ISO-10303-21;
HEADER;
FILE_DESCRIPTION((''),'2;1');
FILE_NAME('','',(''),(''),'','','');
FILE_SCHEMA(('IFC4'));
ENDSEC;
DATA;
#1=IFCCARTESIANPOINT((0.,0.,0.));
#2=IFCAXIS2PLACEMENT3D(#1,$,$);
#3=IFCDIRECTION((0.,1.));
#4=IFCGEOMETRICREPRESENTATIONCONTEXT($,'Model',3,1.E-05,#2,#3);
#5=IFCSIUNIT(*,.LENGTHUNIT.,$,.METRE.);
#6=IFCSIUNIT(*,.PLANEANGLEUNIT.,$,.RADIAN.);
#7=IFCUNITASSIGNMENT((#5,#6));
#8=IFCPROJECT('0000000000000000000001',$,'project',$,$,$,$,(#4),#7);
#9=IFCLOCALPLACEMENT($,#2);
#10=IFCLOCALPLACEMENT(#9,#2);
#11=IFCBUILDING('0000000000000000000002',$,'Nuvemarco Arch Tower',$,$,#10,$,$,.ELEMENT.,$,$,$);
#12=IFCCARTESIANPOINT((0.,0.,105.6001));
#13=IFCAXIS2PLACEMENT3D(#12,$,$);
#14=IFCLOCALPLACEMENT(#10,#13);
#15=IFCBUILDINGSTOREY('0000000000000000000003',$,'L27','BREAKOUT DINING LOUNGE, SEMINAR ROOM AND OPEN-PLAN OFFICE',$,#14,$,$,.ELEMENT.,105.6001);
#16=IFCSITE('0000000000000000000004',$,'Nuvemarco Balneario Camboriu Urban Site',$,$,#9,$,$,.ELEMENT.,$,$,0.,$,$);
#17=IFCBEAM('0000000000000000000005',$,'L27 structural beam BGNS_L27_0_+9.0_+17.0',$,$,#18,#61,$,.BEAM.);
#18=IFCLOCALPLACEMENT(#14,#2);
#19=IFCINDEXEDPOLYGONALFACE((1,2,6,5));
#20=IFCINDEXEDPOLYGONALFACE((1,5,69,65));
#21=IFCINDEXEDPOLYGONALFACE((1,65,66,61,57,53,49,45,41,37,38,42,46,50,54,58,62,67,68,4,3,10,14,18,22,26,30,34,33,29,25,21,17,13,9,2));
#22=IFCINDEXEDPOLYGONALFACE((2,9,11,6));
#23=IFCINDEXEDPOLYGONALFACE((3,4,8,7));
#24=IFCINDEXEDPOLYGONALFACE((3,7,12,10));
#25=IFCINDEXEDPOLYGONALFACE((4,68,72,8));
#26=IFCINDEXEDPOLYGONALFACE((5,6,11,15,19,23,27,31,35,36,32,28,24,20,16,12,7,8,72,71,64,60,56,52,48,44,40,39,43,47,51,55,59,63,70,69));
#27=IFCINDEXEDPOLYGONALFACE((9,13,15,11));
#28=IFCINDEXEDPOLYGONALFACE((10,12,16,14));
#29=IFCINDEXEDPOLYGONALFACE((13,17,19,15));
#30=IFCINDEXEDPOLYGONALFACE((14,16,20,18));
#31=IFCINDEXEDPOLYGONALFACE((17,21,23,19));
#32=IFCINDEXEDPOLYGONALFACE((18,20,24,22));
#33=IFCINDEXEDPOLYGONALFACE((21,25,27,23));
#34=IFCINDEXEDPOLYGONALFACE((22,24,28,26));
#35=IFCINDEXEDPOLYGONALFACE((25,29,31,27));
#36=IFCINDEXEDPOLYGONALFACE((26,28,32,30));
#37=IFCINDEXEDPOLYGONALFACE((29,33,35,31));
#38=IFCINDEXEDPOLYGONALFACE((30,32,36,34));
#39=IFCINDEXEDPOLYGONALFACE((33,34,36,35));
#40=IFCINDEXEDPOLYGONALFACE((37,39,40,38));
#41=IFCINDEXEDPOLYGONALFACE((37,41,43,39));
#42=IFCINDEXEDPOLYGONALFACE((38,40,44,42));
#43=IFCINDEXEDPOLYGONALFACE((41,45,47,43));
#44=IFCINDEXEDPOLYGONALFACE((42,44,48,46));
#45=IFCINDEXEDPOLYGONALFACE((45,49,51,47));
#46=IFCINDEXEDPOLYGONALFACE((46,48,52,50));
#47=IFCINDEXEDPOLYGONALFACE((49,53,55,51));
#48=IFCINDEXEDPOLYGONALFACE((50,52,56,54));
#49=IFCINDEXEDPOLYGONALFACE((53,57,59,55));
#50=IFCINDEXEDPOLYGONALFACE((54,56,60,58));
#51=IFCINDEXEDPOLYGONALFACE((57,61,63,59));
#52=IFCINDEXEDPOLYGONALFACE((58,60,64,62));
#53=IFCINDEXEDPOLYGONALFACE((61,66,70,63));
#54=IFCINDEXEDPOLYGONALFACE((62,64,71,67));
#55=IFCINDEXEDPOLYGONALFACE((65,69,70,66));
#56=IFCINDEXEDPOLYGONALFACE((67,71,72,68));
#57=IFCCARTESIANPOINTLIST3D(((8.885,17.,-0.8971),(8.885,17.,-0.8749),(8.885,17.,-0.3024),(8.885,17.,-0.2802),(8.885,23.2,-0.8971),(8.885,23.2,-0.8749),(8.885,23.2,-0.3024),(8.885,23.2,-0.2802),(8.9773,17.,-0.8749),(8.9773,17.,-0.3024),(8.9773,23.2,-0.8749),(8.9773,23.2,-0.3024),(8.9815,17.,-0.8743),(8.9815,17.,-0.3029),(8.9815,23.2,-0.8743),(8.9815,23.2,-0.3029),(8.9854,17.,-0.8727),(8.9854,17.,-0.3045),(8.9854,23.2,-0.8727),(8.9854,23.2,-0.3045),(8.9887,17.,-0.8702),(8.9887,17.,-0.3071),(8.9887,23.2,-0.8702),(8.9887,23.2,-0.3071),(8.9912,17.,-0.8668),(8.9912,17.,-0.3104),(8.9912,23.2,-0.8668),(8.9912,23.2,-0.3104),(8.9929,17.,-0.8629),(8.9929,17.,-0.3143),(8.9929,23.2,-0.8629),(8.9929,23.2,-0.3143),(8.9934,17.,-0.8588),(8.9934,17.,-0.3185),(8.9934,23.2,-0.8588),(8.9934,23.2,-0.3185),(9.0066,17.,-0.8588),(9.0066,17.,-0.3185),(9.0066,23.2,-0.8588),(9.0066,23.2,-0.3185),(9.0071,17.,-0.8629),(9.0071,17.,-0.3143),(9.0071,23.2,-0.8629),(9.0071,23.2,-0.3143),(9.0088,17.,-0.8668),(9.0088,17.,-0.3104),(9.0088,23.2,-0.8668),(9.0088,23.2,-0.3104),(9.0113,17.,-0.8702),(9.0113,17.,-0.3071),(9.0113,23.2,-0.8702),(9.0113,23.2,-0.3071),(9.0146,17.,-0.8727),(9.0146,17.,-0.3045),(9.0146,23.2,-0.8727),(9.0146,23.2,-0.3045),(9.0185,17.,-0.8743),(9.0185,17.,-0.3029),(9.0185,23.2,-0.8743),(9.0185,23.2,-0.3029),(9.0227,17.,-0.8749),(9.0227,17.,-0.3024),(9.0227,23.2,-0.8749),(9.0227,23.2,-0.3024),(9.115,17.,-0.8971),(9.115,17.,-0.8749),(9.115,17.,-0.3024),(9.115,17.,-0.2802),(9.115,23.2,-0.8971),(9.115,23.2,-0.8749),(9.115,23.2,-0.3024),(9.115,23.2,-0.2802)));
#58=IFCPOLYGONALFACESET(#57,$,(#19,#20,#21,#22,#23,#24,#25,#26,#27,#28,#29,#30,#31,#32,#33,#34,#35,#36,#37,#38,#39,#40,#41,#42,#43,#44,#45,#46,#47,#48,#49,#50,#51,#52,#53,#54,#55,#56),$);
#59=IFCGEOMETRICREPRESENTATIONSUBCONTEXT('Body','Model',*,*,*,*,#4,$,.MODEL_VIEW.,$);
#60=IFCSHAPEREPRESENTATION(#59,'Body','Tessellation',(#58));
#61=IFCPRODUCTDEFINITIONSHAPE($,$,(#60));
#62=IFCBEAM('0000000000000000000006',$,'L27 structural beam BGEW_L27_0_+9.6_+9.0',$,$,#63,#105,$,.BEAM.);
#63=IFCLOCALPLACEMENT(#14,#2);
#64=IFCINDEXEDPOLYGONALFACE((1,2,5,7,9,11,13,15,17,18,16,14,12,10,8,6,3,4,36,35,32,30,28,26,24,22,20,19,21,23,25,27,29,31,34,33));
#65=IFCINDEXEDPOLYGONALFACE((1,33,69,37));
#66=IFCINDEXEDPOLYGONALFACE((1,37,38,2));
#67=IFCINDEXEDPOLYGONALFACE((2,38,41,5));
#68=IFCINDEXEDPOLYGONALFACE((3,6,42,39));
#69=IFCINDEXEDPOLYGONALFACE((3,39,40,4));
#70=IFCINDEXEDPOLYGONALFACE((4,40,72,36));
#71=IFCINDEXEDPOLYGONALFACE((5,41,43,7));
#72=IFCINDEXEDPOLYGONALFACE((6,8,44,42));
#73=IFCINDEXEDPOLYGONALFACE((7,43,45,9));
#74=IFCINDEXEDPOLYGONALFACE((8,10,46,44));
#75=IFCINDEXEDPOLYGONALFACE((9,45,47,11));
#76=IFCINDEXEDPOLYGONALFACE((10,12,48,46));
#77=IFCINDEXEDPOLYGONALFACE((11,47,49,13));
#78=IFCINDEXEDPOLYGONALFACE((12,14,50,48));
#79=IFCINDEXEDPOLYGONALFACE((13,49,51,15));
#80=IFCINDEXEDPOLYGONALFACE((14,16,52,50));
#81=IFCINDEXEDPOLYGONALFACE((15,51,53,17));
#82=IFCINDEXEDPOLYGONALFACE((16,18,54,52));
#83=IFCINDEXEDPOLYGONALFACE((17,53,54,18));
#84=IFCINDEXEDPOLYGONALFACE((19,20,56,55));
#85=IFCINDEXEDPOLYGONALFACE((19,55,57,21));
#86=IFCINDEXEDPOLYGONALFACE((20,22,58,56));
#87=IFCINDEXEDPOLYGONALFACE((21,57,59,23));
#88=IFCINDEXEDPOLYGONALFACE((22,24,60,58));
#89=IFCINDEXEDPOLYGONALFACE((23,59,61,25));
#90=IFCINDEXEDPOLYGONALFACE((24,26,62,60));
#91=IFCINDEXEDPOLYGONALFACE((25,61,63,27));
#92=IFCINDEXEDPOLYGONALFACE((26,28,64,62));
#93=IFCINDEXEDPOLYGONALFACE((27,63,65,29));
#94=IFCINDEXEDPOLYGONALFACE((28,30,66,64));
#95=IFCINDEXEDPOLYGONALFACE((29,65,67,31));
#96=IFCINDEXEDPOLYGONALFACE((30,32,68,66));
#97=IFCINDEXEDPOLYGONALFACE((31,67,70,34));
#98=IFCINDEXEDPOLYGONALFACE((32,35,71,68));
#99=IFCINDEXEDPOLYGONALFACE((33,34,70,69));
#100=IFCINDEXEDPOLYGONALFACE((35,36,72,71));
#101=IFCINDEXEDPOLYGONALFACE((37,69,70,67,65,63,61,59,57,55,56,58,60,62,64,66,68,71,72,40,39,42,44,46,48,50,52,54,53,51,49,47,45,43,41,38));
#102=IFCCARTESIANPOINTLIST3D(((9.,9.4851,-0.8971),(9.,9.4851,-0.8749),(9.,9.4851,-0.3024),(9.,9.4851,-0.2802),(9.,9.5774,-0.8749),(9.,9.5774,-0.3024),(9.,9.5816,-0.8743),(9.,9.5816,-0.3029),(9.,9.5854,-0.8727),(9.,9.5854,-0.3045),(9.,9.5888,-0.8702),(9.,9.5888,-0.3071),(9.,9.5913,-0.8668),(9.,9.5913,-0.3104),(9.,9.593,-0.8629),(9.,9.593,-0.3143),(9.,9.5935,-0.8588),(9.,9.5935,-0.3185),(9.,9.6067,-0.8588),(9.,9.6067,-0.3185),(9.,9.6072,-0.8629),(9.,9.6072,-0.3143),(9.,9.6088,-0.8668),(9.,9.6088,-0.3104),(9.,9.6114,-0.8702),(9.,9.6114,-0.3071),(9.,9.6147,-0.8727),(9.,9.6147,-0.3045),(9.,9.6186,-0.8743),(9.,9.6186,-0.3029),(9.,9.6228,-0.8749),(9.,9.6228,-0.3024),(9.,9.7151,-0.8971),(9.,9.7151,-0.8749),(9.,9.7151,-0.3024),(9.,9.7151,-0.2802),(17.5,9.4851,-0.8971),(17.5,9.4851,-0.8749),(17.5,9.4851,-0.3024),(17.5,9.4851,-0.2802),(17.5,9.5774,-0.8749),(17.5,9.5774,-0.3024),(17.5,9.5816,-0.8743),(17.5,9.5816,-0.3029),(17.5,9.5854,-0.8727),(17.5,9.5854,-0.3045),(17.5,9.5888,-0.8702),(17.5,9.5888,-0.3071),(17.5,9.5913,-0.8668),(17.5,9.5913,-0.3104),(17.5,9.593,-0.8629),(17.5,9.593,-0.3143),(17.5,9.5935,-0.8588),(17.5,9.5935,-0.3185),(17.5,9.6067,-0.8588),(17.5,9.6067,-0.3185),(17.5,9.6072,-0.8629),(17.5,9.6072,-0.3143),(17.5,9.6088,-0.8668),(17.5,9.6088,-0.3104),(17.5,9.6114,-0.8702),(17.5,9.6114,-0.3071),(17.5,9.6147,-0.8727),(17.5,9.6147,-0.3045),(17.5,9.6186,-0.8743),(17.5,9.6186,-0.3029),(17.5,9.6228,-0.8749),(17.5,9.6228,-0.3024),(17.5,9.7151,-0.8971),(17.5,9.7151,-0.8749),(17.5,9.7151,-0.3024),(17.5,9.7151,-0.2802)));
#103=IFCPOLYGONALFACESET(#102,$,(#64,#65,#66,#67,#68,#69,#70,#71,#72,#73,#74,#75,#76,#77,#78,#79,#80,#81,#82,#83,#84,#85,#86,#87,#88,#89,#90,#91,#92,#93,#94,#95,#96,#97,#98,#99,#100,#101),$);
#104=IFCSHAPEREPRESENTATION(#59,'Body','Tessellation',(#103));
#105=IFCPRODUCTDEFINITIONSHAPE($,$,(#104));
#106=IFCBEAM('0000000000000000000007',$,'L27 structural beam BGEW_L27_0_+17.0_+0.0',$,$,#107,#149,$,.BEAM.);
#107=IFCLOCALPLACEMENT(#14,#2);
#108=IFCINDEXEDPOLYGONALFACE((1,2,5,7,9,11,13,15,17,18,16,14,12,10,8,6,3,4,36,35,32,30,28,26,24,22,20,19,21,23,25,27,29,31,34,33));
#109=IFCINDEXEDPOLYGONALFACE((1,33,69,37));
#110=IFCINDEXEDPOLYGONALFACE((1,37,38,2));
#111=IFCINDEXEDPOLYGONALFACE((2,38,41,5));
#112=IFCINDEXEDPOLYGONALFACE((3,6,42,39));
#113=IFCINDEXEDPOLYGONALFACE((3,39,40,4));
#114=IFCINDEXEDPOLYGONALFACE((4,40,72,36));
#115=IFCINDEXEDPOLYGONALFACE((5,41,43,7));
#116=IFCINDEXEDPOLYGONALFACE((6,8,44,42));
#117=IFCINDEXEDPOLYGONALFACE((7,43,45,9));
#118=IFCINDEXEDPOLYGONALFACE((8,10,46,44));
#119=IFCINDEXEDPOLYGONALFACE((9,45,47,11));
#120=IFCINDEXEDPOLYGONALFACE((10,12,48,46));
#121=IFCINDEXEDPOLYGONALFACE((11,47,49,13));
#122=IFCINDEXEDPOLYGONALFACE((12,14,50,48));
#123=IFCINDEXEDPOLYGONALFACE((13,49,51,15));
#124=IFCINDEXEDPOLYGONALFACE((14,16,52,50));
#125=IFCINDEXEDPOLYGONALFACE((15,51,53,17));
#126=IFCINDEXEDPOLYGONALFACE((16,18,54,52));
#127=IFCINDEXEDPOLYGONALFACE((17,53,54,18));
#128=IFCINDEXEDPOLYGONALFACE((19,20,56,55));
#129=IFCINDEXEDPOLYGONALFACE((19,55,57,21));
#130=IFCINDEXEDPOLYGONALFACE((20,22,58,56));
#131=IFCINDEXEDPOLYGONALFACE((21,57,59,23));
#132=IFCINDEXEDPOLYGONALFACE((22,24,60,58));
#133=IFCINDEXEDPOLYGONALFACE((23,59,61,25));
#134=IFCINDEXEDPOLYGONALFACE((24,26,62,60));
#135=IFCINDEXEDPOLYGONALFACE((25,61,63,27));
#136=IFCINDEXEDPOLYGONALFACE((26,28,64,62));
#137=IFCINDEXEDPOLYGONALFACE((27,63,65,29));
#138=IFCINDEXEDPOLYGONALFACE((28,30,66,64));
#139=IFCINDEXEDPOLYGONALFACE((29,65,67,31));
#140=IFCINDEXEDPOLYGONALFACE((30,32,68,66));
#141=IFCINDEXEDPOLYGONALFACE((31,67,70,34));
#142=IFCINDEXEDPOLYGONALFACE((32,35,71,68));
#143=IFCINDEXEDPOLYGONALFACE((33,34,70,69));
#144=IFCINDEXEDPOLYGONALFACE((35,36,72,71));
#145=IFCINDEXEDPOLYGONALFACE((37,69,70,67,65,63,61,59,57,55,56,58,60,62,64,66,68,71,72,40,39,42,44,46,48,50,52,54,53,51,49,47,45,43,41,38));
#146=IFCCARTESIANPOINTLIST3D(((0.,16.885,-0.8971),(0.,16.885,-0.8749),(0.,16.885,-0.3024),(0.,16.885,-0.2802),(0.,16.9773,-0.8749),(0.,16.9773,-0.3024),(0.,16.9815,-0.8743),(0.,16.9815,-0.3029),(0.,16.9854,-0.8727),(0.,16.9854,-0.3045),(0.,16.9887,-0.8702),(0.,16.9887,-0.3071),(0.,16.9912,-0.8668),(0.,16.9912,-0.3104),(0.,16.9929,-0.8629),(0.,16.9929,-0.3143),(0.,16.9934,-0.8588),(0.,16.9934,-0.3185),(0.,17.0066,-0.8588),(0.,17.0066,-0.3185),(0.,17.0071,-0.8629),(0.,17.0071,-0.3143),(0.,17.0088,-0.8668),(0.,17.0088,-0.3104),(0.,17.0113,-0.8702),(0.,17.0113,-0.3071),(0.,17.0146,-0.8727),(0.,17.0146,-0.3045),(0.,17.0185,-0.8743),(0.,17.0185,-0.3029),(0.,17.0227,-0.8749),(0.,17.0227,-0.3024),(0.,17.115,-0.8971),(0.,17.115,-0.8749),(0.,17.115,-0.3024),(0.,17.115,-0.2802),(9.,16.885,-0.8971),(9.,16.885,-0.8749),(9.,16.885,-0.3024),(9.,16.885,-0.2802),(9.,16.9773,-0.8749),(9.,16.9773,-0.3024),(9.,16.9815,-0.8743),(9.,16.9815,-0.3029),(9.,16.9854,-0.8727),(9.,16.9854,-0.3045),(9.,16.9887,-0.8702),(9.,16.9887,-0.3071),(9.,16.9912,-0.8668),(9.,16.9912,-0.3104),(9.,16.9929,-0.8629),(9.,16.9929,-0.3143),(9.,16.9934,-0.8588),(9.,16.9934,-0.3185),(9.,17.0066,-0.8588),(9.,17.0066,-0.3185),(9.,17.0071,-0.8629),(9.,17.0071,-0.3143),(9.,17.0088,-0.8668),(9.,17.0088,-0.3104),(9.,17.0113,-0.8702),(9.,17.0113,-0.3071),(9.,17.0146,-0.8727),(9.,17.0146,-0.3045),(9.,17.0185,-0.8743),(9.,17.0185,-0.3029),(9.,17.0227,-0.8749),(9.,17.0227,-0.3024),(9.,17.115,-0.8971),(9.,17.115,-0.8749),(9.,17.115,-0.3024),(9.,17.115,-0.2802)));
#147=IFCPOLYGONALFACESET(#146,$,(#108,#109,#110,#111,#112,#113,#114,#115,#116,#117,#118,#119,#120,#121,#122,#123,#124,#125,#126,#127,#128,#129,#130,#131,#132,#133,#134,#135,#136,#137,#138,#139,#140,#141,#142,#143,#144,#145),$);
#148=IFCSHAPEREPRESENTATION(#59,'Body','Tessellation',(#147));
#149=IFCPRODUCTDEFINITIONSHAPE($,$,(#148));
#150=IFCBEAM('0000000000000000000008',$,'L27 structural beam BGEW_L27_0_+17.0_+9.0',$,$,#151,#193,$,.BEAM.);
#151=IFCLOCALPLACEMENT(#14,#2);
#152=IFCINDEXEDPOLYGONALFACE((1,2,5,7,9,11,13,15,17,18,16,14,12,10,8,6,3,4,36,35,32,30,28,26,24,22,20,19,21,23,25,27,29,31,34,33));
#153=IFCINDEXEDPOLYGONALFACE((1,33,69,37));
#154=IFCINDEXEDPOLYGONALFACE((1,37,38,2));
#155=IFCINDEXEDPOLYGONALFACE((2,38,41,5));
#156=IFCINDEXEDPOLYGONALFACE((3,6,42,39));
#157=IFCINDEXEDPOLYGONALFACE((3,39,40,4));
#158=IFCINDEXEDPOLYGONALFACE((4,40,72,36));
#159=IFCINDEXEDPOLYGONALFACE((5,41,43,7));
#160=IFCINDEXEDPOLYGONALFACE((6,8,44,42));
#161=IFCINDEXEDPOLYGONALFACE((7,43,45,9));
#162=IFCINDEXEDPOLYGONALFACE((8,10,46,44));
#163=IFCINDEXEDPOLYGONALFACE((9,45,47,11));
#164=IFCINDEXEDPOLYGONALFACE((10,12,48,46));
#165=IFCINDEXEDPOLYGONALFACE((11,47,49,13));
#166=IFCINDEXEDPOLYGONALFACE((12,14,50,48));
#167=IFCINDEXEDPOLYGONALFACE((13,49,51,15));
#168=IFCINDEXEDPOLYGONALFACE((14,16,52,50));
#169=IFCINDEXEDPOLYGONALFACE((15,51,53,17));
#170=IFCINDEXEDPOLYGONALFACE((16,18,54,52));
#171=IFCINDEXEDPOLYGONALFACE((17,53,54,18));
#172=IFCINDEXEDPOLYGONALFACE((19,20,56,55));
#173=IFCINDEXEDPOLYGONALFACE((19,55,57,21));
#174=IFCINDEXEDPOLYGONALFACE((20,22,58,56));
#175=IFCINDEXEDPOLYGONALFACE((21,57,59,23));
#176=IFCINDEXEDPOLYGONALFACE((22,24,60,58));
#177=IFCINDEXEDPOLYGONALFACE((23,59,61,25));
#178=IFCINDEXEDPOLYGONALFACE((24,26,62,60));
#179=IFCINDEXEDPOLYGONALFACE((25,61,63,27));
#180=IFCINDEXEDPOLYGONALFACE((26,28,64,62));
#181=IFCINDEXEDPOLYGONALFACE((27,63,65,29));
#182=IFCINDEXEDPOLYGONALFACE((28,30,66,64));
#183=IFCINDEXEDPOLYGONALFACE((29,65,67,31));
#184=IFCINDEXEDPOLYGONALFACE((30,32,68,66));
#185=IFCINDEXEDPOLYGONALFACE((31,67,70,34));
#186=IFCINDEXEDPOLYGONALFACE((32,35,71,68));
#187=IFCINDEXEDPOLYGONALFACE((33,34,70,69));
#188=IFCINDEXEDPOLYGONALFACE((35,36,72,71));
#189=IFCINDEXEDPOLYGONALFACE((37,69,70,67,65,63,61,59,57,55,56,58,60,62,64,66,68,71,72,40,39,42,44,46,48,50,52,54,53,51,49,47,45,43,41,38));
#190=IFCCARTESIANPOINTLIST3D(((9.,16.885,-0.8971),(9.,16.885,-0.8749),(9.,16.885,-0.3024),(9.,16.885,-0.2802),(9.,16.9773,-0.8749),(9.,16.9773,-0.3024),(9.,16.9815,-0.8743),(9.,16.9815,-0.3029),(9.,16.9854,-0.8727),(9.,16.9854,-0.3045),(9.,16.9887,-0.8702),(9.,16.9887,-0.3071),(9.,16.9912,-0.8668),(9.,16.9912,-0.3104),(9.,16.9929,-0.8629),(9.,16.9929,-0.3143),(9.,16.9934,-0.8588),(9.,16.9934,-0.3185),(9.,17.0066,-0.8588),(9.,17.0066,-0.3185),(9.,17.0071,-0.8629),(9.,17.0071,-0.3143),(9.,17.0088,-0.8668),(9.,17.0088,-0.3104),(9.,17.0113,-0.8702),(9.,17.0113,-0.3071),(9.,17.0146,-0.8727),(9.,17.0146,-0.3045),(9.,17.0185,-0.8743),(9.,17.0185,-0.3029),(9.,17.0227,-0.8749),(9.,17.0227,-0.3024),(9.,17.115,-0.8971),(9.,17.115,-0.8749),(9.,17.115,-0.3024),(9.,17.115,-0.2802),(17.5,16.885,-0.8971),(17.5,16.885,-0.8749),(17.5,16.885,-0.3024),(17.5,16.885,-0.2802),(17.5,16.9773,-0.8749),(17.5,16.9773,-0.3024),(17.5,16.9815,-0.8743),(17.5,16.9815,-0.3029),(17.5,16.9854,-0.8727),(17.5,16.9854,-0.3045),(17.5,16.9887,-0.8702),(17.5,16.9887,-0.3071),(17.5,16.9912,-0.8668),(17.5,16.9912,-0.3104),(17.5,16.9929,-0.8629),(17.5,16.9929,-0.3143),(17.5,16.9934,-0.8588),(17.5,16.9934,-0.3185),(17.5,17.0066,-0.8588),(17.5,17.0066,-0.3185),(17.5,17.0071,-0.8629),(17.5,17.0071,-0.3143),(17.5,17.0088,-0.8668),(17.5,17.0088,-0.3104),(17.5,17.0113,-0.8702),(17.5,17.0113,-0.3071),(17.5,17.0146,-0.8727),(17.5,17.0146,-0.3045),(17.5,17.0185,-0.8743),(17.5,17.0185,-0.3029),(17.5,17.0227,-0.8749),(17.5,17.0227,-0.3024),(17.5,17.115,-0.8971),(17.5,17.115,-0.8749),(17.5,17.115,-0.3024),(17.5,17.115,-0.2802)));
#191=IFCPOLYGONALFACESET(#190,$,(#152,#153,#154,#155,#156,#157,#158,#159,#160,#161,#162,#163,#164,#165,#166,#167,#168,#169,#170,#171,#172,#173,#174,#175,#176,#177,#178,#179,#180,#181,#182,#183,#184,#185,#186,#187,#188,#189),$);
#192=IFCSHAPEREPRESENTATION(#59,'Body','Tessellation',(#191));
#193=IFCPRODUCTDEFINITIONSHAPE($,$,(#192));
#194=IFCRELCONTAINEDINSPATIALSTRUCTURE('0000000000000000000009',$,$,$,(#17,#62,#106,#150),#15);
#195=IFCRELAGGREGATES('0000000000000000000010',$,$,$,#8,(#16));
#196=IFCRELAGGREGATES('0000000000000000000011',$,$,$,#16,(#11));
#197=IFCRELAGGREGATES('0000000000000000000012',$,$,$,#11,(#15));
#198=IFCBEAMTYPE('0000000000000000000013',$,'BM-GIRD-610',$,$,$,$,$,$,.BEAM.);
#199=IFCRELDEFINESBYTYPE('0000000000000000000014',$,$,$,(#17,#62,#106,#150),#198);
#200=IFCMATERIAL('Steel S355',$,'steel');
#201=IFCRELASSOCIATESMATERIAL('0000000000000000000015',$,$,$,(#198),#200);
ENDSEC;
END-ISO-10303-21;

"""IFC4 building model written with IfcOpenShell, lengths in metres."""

from ifc_helpers import new_model, si_unit, direction, frame, origin, origin_2d, place, context, subcontext, project, spatial, i_section, extrude, material, material_profile, profile_set, type_object, element, save


model = new_model("IFC4")

# Units and contexts
model_context = context("Model", 3, precision=1e-05, world=origin(), true_north=direction((0.0, 1.0)))
body_context = subcontext(model_context, "Body", "Model", "MODEL_VIEW")
ifc_project = project(units=[si_unit("LENGTHUNIT", "METRE"), si_unit("PLANEANGLEUNIT", "RADIAN")], contexts=[model_context])

# Site, building, storey
site_placement = place(None, origin())
site = spatial("IfcSite", under=ifc_project, at=site_placement, Name="Nuvemarco Balneario Camboriu Urban Site", CompositionType="ELEMENT", RefElevation=0.0)
building_placement = place(site_placement, origin())
building = spatial("IfcBuilding", under=site, at=building_placement, Name="Nuvemarco Arch Tower", CompositionType="ELEMENT")
storey_placement = place(building_placement, frame((0.0, 0.0, 105.6001)))
storey = spatial("IfcBuildingStorey", under=building, at=storey_placement, Name="L27", Description="BREAKOUT DINING LOUNGE, SEMINAR ROOM AND OPEN-PLAN OFFICE", CompositionType="ELEMENT", Elevation=105.6001)

# Shared definitions
ifc_material_1 = material(Name="Steel S355", Category="steel")

# Beams
ifc_material_profile_1 = material_profile(ifc_material_1, i_section(OverallWidth=0.23, OverallDepth=0.6169, WebThickness=0.0132, FlangeThickness=0.0222, FilletRadius=0.0161, at=origin_2d()), Name="W610x140")
ifc_profile_set_1 = profile_set([ifc_material_profile_1], Name="Steel S355")
beam_type_1 = type_object("IfcBeamType", Name="BM-GIRD-610", PredefinedType="BEAM", material=ifc_profile_set_1)
beam_1_placement = place(storey_placement, frame((9.0, 17.0, -0.5886), z_axis=(0.0, 1.0, 0.0), x_axis=(-1.0, 0.0, 0.0)))
element("IfcBeam", 1, at=beam_1_placement, inside=storey, type_object=beam_type_1, Name="L27 structural beam BGNS_L27_0_+9.0_+17.0", PredefinedType="BEAM", context=body_context, shape_type="SweptSolid", body=[
    extrude(i_section(OverallWidth=0.23, OverallDepth=0.6169, WebThickness=0.0132, FlangeThickness=0.0222, FilletRadius=0.0161, at=origin_2d()), origin(), (0.0, 0.0, 1.0), 6.2),
])
beam_2_placement = place(storey_placement, frame((9.0, 9.6001, -0.5886), z_axis=(1.0, 0.0, 0.0), x_axis=(0.0, 1.0, 0.0)))
element("IfcBeam", 2, at=beam_2_placement, inside=storey, type_object=beam_type_1, Name="L27 structural beam BGEW_L27_0_+9.6_+9.0", PredefinedType="BEAM", context=body_context, shape_type="SweptSolid", body=[
    extrude(i_section(OverallWidth=0.23, OverallDepth=0.6169, WebThickness=0.0132, FlangeThickness=0.0222, FilletRadius=0.0161, at=origin_2d()), origin(), (0.0, 0.0, 1.0), 8.5),
])
beam_3_placement = place(storey_placement, frame((0.0, 17.0, -0.5886), z_axis=(1.0, 0.0, 0.0), x_axis=(0.0, 1.0, 0.0)))
element("IfcBeam", 3, at=beam_3_placement, inside=storey, type_object=beam_type_1, Name="L27 structural beam BGEW_L27_0_+17.0_+0.0", PredefinedType="BEAM", context=body_context, shape_type="SweptSolid", body=[
    extrude(i_section(OverallWidth=0.23, OverallDepth=0.6169, WebThickness=0.0132, FlangeThickness=0.0222, FilletRadius=0.0161, at=origin_2d()), origin(), (0.0, 0.0, 1.0), 9.0),
])
beam_4_placement = place(storey_placement, frame((9.0, 17.0, -0.5886), z_axis=(1.0, 0.0, 0.0), x_axis=(0.0, 1.0, 0.0)))
element("IfcBeam", 4, at=beam_4_placement, inside=storey, type_object=beam_type_1, Name="L27 structural beam BGEW_L27_0_+17.0_+9.0", PredefinedType="BEAM", context=body_context, shape_type="SweptSolid", body=[
    extrude(i_section(OverallWidth=0.23, OverallDepth=0.6169, WebThickness=0.0132, FlangeThickness=0.0222, FilletRadius=0.0161, at=origin_2d()), origin(), (0.0, 0.0, 1.0), 8.5),
])

save(model, "model.ifc")
